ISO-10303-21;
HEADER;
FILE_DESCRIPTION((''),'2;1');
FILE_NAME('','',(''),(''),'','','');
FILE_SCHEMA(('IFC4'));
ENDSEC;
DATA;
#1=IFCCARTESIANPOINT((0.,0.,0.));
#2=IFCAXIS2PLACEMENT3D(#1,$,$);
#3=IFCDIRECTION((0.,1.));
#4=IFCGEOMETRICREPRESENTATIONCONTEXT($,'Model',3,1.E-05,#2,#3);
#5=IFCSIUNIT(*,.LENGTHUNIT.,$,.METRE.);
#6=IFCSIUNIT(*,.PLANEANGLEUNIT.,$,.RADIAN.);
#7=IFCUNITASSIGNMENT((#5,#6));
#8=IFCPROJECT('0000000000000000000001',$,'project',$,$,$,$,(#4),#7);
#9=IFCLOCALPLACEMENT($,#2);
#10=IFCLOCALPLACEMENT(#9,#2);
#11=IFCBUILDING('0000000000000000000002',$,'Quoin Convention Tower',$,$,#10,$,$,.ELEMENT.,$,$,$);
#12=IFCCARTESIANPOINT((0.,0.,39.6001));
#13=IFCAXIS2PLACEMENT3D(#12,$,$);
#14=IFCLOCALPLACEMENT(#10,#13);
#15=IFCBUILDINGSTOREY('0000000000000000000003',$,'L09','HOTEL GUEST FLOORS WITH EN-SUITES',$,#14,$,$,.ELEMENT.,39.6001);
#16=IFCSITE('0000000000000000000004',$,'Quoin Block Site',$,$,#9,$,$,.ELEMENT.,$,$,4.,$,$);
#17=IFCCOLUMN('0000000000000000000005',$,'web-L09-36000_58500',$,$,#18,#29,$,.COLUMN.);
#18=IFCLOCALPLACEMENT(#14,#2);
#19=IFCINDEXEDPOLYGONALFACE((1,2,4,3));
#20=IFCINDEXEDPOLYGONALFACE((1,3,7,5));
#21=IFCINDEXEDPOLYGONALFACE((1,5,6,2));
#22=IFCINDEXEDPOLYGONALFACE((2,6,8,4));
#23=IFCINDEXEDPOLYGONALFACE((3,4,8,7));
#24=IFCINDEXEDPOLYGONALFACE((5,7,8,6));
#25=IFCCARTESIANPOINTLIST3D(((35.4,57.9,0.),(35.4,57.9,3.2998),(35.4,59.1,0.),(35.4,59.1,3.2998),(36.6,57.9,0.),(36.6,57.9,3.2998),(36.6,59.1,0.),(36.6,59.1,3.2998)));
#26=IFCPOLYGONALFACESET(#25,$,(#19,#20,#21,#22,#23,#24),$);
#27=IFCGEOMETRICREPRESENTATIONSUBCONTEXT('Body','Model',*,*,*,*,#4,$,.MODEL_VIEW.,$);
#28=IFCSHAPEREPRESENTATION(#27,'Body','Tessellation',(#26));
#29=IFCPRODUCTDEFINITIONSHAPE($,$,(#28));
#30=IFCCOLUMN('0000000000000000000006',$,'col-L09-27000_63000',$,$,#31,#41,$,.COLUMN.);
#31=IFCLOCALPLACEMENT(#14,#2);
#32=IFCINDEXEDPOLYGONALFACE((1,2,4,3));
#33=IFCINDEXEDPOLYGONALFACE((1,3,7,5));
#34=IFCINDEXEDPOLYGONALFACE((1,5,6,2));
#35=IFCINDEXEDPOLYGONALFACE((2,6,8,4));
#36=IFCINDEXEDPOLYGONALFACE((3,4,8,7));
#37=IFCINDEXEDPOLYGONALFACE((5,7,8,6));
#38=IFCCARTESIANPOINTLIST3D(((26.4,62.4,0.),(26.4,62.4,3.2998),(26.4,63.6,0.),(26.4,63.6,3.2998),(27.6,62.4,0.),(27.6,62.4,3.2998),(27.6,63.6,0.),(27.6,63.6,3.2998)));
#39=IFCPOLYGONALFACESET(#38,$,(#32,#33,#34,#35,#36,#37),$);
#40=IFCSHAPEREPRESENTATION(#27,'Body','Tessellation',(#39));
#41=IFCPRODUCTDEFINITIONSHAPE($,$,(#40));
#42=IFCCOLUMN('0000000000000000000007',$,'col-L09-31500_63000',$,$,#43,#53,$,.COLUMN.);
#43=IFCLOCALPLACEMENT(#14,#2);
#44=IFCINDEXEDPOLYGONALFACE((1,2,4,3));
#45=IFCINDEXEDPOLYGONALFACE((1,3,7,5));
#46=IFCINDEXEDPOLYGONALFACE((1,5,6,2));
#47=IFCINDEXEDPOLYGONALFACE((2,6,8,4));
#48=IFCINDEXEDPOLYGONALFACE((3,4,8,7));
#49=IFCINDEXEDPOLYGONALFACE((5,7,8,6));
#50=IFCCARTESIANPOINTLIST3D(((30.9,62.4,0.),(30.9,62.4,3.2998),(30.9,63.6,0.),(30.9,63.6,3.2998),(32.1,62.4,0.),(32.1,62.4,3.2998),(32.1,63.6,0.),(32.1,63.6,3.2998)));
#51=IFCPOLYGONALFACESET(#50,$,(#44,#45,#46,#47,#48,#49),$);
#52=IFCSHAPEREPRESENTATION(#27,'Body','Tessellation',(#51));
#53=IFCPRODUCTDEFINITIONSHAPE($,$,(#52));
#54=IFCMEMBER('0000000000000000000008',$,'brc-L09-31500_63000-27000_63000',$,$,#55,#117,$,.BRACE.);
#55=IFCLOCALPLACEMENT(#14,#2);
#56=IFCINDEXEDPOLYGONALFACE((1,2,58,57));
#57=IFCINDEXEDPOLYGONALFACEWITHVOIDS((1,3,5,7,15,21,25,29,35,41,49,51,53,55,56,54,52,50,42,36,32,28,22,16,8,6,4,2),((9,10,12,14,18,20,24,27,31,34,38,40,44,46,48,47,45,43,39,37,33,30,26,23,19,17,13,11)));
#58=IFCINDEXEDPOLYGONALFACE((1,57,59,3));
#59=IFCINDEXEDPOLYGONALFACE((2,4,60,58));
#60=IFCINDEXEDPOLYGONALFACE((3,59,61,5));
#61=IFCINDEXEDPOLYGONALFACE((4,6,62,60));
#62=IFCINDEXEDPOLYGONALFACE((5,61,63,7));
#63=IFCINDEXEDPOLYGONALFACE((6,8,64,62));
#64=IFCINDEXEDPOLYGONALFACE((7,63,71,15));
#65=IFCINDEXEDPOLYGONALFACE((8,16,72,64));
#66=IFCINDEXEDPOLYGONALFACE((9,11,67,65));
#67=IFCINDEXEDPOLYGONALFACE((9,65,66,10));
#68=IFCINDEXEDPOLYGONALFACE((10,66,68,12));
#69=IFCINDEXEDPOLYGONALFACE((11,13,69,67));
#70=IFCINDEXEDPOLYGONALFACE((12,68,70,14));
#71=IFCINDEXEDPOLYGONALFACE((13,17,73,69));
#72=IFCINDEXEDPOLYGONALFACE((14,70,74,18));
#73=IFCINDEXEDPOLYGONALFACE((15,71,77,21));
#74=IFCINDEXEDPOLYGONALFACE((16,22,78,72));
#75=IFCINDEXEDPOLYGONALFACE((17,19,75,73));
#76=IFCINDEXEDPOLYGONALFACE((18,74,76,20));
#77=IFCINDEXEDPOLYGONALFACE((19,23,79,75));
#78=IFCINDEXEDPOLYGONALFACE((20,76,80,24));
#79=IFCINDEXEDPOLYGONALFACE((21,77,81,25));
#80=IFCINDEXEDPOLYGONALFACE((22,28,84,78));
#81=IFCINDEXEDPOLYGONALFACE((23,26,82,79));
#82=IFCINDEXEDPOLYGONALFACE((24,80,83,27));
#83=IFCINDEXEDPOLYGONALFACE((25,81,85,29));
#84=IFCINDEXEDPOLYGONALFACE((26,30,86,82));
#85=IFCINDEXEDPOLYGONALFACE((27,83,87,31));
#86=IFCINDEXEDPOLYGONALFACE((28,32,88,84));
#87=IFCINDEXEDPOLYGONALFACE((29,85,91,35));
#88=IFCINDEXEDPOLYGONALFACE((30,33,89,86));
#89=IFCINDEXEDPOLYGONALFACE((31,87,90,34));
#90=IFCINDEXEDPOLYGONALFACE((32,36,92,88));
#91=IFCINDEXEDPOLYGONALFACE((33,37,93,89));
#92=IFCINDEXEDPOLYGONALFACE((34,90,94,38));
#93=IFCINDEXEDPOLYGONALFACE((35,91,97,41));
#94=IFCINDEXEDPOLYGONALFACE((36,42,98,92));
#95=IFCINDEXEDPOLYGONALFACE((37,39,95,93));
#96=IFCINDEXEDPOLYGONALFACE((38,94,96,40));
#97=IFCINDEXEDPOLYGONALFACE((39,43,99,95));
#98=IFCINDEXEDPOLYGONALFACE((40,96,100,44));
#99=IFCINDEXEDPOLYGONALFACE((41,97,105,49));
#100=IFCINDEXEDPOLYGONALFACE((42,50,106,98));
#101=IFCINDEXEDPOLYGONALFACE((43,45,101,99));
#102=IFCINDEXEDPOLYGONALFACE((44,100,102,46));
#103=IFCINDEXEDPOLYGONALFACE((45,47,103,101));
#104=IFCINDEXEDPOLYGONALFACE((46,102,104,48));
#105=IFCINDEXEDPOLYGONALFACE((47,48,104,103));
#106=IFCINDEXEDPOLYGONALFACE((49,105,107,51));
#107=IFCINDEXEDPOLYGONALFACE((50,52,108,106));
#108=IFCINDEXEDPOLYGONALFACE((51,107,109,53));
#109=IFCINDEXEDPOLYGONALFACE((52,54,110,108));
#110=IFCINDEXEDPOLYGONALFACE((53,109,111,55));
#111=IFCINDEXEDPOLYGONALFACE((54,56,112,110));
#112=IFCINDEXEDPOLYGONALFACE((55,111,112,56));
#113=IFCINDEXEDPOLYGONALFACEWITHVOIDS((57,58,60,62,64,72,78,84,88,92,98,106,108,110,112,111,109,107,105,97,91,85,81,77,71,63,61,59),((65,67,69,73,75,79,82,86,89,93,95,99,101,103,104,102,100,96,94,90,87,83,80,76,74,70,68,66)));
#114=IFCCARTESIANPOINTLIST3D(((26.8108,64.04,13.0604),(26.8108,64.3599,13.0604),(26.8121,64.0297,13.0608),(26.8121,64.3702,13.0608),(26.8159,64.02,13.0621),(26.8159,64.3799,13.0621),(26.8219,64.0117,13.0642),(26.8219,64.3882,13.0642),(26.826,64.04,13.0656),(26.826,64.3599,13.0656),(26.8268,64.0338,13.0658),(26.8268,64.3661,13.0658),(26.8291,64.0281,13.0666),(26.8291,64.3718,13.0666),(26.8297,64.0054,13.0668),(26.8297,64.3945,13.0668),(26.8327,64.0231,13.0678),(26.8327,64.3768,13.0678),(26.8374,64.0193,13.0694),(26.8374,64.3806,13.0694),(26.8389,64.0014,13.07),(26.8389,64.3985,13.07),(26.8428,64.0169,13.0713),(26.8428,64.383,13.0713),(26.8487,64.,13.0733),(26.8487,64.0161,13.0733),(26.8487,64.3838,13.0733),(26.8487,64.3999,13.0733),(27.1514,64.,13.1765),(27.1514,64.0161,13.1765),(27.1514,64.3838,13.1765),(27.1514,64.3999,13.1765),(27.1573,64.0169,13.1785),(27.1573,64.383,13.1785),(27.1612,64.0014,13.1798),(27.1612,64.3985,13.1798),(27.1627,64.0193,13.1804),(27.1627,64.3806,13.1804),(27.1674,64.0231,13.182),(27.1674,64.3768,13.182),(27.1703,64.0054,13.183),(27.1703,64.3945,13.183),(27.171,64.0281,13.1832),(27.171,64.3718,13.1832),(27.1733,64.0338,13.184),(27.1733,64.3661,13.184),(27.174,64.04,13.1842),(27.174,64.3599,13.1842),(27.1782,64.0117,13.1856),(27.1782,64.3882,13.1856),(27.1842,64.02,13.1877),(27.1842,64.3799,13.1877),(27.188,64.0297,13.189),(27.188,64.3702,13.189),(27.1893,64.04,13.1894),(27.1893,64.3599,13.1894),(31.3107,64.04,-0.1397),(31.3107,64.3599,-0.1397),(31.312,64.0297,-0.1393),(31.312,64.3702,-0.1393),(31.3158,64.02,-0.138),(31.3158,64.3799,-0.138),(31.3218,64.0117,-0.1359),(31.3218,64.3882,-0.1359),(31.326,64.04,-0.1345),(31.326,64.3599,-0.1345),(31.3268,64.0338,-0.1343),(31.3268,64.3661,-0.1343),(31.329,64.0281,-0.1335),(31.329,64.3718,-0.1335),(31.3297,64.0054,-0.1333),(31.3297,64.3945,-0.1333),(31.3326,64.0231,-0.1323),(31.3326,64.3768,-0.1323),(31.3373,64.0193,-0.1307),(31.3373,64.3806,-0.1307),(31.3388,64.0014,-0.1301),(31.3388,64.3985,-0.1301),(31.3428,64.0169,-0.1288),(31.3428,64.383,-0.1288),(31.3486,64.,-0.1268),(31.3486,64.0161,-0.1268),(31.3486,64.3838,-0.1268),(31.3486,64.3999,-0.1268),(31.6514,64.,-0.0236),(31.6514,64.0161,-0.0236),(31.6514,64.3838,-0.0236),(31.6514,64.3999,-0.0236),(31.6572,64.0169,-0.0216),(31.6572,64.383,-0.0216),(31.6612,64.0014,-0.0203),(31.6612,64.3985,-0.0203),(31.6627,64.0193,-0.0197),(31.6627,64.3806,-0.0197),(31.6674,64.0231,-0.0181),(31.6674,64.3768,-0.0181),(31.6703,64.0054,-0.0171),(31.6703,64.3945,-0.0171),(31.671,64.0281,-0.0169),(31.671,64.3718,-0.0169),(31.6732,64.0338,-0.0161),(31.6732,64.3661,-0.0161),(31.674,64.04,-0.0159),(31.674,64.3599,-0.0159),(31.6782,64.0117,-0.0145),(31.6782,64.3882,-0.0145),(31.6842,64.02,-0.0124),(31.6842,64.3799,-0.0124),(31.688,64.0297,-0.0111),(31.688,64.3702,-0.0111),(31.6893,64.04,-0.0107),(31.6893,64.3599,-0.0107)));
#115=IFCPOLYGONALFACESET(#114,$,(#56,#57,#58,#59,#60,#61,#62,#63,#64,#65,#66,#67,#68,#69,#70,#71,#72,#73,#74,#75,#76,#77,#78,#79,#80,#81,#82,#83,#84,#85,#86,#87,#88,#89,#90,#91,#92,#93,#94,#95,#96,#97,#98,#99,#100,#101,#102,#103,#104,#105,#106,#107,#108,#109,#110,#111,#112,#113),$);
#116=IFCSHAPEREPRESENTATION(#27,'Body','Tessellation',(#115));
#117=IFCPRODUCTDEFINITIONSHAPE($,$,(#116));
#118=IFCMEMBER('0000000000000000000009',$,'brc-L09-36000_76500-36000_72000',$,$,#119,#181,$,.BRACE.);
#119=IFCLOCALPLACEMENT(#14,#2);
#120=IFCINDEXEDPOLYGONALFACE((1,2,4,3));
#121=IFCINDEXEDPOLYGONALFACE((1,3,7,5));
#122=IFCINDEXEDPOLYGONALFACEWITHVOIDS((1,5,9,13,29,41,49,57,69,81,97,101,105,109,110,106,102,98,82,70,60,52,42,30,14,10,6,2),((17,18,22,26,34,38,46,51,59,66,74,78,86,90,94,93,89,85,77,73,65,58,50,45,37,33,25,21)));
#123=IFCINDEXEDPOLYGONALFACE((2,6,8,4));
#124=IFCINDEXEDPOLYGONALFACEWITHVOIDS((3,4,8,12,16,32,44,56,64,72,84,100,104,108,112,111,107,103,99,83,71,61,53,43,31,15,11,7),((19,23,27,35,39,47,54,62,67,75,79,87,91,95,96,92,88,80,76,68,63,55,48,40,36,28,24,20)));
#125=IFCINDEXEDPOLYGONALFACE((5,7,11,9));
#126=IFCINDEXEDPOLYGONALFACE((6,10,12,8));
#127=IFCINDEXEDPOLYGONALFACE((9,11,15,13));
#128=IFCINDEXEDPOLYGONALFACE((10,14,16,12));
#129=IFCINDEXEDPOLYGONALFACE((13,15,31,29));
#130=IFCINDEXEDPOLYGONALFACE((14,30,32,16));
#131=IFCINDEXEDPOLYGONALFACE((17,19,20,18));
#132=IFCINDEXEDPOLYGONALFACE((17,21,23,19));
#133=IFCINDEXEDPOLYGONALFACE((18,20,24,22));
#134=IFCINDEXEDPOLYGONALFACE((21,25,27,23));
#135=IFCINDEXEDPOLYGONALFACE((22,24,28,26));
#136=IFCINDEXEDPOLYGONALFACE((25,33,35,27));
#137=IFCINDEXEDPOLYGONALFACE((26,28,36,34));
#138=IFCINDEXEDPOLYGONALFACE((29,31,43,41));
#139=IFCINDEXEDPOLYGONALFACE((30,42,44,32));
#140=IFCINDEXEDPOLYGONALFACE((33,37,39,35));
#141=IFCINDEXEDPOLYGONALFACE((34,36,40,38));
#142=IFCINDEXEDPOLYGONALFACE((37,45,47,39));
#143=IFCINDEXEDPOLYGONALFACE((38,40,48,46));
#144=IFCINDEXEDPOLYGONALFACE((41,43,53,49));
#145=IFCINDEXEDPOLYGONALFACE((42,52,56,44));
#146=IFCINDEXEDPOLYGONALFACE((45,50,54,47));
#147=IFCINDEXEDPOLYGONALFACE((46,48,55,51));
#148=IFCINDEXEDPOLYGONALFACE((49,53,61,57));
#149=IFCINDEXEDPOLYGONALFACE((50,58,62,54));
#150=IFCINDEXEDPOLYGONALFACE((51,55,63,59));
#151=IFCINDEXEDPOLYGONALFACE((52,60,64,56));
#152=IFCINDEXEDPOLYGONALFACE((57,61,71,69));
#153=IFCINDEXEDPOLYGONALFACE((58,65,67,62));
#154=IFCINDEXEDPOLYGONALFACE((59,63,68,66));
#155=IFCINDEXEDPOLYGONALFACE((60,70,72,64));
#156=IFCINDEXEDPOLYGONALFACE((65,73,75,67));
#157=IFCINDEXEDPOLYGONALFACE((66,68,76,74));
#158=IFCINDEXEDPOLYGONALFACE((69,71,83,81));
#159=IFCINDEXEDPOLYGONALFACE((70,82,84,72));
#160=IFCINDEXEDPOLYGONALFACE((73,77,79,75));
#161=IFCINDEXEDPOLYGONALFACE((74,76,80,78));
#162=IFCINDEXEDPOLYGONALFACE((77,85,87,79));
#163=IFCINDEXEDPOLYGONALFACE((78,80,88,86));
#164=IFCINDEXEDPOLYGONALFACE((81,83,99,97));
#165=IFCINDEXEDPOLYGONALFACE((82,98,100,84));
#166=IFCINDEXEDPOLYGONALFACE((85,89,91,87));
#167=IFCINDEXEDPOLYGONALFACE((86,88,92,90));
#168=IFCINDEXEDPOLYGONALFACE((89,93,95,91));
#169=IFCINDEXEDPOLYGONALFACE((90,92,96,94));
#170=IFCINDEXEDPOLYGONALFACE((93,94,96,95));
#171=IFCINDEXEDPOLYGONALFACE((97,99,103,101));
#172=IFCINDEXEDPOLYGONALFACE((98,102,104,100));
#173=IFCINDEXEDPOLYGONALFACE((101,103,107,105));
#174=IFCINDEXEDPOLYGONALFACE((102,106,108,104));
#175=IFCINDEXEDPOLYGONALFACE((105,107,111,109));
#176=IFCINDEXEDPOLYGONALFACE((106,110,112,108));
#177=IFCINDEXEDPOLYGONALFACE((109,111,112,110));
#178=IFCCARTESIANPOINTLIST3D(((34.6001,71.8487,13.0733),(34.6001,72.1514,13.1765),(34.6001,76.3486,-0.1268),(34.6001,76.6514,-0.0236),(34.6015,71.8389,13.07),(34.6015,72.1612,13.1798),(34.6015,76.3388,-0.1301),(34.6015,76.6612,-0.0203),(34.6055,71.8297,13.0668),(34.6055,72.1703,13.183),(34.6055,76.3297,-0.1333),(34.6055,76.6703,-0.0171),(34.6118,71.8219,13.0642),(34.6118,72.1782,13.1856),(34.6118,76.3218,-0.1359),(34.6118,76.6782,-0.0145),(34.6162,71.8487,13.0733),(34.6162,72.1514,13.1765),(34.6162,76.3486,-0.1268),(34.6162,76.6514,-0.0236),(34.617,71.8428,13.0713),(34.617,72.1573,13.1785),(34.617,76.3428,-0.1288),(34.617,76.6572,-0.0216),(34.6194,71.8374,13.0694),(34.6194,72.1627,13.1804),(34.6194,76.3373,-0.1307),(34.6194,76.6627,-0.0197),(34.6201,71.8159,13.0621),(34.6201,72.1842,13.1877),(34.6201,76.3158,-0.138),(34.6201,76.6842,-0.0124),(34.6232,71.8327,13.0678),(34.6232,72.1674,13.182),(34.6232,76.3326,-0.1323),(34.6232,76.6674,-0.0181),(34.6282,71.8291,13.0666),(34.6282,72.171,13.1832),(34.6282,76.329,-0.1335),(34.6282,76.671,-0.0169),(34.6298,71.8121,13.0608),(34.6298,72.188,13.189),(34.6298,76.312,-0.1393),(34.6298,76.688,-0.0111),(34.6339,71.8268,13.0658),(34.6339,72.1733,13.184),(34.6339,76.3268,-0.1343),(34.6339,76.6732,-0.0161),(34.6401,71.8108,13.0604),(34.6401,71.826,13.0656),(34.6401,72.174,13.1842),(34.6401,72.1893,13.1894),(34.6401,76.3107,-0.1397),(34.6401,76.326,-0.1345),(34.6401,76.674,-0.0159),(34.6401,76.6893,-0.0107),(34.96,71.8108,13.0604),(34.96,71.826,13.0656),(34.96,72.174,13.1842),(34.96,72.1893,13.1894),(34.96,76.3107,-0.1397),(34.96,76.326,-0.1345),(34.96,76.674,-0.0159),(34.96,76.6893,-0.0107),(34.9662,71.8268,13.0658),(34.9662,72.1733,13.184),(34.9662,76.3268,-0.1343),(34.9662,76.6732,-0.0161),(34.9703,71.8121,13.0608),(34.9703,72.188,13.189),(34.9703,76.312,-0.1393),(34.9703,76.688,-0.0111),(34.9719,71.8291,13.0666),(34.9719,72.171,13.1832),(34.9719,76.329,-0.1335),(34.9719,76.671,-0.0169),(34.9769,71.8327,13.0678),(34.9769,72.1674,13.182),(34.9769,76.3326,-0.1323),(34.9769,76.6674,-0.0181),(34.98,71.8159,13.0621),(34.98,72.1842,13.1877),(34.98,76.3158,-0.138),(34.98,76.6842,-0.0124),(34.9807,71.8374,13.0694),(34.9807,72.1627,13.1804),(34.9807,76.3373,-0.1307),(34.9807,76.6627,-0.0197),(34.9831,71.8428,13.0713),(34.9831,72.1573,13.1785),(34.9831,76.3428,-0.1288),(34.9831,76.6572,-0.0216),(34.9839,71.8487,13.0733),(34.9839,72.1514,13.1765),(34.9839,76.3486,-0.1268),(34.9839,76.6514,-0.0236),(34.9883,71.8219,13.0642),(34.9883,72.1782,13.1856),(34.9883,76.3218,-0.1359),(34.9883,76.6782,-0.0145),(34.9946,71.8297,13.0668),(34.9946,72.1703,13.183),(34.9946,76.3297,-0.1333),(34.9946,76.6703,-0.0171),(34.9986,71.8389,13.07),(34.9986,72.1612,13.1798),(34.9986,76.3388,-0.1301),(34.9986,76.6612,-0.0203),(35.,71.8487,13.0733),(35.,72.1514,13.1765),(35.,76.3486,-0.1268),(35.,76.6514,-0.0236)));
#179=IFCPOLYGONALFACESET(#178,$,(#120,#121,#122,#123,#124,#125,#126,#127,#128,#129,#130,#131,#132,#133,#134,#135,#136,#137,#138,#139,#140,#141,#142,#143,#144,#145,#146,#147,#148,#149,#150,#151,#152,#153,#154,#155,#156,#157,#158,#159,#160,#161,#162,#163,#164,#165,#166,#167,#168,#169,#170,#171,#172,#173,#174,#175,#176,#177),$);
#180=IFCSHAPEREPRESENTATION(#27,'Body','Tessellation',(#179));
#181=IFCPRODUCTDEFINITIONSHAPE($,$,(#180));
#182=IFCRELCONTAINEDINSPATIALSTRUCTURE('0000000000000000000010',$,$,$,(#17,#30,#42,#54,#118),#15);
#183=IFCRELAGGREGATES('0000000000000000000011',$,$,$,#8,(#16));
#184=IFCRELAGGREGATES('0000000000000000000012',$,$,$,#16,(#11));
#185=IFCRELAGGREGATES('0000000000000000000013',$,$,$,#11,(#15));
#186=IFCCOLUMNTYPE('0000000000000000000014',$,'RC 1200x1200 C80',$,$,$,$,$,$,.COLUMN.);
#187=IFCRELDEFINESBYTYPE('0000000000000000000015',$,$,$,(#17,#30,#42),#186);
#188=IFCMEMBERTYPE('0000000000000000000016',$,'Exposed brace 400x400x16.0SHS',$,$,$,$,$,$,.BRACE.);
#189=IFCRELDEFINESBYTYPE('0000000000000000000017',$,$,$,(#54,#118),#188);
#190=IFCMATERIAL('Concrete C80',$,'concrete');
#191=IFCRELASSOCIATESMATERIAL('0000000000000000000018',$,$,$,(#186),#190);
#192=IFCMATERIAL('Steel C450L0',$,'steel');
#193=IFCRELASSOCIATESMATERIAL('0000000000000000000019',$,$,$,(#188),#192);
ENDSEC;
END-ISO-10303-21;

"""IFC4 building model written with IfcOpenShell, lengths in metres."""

from ifc_helpers import new_model, si_unit, direction, frame, origin, origin_2d, place, context, subcontext, project, spatial, rectangle, hollow_rectangle, extrude, material, material_profile, profile_set, type_object, element, save


model = new_model("IFC4")

# Units and contexts
model_context = context("Model", 3, precision=1e-05, world=origin(), true_north=direction((0.0, 1.0)))
body_context = subcontext(model_context, "Body", "Model", "MODEL_VIEW")
ifc_project = project(units=[si_unit("LENGTHUNIT", "METRE"), si_unit("PLANEANGLEUNIT", "RADIAN")], contexts=[model_context])

# Site, building, storey
site_placement = place(None, origin())
site = spatial("IfcSite", under=ifc_project, at=site_placement, Name="Quoin Block Site", CompositionType="ELEMENT", RefElevation=4.0)
building_placement = place(site_placement, origin())
building = spatial("IfcBuilding", under=site, at=building_placement, Name="Quoin Convention Tower", CompositionType="ELEMENT")
storey_placement = place(building_placement, frame((0.0, 0.0, 39.6001)))
storey = spatial("IfcBuildingStorey", under=building, at=storey_placement, Name="L09", Description="HOTEL GUEST FLOORS WITH EN-SUITES", CompositionType="ELEMENT", Elevation=39.6001)

# Columns
ifc_material_1 = material(Name="Concrete C80", Category="concrete")
ifc_material_profile_1 = material_profile(ifc_material_1, rectangle(XDim=1.2, YDim=1.2, at=origin_2d()), Name="RC 1200x1200")
ifc_profile_set_1 = profile_set([ifc_material_profile_1], Name="Concrete C80")
column_type = type_object("IfcColumnType", Name="RC 1200x1200 C80", PredefinedType="COLUMN", material=ifc_profile_set_1)
for number, where, z_axis, x_axis, name in (
    (1, (36.0, 58.5, 0.0), (0.0, 0.0, 1.0), (1.0, 0.0, 0.0), "web-L09-36000_58500"),
    (2, (27.0, 63.0, 0.0), (0.0, 0.0, 1.0), (1.0, 0.0, 0.0), "col-L09-27000_63000"),
    (3, (31.5, 63.0, 0.0), (0.0, 0.0, 1.0), (1.0, 0.0, 0.0), "col-L09-31500_63000"),
):
    element("IfcColumn", number, at=place(storey_placement, frame(where, z_axis=z_axis, x_axis=x_axis)), inside=storey, type_object=column_type, Name=name, PredefinedType="COLUMN", context=body_context, shape_type="SweptSolid", body=[
        extrude(rectangle(XDim=1.2, YDim=1.2, at=origin_2d()), origin(), (0.0, 0.0, 1.0), 3.2998),
    ])

# Members
ifc_material_2 = material(Name="Steel C450L0", Category="steel")
ifc_material_profile_2 = material_profile(ifc_material_2, hollow_rectangle(XDim=0.3999, YDim=0.3999, WallThickness=0.0161, InnerFilletRadius=0.0239, OuterFilletRadius=0.04, at=origin_2d()), Name="400x400x16.0SHS")
ifc_profile_set_2 = profile_set([ifc_material_profile_2], Name="Steel C450L0")
member_type = type_object("IfcMemberType", Name="Exposed brace 400x400x16.0SHS", PredefinedType="BRACE", material=ifc_profile_set_2)
for number, where, z_axis, x_axis, name in (
    (4, (31.5, 64.2, -0.0752), (-0.32267, 0.0, 0.946512), (0.0, -1.0, 0.0), "brc-L09-31500_63000-27000_63000"),
    (5, (34.8, 76.5, -0.0752), (0.0, -0.32267, 0.946512), (1.0, 0.0, 0.0), "brc-L09-36000_76500-36000_72000"),
):
    element("IfcMember", number, at=place(storey_placement, frame(where, z_axis=z_axis, x_axis=x_axis)), inside=storey, type_object=member_type, Name=name, PredefinedType="BRACE", context=body_context, shape_type="SweptSolid", body=[
        extrude(hollow_rectangle(XDim=0.3999, YDim=0.3999, WallThickness=0.0161, InnerFilletRadius=0.0239, OuterFilletRadius=0.04, at=origin_2d()), origin(), (0.0, 0.0, 1.0), 13.946),
    ])

save(model, "model.ifc")
